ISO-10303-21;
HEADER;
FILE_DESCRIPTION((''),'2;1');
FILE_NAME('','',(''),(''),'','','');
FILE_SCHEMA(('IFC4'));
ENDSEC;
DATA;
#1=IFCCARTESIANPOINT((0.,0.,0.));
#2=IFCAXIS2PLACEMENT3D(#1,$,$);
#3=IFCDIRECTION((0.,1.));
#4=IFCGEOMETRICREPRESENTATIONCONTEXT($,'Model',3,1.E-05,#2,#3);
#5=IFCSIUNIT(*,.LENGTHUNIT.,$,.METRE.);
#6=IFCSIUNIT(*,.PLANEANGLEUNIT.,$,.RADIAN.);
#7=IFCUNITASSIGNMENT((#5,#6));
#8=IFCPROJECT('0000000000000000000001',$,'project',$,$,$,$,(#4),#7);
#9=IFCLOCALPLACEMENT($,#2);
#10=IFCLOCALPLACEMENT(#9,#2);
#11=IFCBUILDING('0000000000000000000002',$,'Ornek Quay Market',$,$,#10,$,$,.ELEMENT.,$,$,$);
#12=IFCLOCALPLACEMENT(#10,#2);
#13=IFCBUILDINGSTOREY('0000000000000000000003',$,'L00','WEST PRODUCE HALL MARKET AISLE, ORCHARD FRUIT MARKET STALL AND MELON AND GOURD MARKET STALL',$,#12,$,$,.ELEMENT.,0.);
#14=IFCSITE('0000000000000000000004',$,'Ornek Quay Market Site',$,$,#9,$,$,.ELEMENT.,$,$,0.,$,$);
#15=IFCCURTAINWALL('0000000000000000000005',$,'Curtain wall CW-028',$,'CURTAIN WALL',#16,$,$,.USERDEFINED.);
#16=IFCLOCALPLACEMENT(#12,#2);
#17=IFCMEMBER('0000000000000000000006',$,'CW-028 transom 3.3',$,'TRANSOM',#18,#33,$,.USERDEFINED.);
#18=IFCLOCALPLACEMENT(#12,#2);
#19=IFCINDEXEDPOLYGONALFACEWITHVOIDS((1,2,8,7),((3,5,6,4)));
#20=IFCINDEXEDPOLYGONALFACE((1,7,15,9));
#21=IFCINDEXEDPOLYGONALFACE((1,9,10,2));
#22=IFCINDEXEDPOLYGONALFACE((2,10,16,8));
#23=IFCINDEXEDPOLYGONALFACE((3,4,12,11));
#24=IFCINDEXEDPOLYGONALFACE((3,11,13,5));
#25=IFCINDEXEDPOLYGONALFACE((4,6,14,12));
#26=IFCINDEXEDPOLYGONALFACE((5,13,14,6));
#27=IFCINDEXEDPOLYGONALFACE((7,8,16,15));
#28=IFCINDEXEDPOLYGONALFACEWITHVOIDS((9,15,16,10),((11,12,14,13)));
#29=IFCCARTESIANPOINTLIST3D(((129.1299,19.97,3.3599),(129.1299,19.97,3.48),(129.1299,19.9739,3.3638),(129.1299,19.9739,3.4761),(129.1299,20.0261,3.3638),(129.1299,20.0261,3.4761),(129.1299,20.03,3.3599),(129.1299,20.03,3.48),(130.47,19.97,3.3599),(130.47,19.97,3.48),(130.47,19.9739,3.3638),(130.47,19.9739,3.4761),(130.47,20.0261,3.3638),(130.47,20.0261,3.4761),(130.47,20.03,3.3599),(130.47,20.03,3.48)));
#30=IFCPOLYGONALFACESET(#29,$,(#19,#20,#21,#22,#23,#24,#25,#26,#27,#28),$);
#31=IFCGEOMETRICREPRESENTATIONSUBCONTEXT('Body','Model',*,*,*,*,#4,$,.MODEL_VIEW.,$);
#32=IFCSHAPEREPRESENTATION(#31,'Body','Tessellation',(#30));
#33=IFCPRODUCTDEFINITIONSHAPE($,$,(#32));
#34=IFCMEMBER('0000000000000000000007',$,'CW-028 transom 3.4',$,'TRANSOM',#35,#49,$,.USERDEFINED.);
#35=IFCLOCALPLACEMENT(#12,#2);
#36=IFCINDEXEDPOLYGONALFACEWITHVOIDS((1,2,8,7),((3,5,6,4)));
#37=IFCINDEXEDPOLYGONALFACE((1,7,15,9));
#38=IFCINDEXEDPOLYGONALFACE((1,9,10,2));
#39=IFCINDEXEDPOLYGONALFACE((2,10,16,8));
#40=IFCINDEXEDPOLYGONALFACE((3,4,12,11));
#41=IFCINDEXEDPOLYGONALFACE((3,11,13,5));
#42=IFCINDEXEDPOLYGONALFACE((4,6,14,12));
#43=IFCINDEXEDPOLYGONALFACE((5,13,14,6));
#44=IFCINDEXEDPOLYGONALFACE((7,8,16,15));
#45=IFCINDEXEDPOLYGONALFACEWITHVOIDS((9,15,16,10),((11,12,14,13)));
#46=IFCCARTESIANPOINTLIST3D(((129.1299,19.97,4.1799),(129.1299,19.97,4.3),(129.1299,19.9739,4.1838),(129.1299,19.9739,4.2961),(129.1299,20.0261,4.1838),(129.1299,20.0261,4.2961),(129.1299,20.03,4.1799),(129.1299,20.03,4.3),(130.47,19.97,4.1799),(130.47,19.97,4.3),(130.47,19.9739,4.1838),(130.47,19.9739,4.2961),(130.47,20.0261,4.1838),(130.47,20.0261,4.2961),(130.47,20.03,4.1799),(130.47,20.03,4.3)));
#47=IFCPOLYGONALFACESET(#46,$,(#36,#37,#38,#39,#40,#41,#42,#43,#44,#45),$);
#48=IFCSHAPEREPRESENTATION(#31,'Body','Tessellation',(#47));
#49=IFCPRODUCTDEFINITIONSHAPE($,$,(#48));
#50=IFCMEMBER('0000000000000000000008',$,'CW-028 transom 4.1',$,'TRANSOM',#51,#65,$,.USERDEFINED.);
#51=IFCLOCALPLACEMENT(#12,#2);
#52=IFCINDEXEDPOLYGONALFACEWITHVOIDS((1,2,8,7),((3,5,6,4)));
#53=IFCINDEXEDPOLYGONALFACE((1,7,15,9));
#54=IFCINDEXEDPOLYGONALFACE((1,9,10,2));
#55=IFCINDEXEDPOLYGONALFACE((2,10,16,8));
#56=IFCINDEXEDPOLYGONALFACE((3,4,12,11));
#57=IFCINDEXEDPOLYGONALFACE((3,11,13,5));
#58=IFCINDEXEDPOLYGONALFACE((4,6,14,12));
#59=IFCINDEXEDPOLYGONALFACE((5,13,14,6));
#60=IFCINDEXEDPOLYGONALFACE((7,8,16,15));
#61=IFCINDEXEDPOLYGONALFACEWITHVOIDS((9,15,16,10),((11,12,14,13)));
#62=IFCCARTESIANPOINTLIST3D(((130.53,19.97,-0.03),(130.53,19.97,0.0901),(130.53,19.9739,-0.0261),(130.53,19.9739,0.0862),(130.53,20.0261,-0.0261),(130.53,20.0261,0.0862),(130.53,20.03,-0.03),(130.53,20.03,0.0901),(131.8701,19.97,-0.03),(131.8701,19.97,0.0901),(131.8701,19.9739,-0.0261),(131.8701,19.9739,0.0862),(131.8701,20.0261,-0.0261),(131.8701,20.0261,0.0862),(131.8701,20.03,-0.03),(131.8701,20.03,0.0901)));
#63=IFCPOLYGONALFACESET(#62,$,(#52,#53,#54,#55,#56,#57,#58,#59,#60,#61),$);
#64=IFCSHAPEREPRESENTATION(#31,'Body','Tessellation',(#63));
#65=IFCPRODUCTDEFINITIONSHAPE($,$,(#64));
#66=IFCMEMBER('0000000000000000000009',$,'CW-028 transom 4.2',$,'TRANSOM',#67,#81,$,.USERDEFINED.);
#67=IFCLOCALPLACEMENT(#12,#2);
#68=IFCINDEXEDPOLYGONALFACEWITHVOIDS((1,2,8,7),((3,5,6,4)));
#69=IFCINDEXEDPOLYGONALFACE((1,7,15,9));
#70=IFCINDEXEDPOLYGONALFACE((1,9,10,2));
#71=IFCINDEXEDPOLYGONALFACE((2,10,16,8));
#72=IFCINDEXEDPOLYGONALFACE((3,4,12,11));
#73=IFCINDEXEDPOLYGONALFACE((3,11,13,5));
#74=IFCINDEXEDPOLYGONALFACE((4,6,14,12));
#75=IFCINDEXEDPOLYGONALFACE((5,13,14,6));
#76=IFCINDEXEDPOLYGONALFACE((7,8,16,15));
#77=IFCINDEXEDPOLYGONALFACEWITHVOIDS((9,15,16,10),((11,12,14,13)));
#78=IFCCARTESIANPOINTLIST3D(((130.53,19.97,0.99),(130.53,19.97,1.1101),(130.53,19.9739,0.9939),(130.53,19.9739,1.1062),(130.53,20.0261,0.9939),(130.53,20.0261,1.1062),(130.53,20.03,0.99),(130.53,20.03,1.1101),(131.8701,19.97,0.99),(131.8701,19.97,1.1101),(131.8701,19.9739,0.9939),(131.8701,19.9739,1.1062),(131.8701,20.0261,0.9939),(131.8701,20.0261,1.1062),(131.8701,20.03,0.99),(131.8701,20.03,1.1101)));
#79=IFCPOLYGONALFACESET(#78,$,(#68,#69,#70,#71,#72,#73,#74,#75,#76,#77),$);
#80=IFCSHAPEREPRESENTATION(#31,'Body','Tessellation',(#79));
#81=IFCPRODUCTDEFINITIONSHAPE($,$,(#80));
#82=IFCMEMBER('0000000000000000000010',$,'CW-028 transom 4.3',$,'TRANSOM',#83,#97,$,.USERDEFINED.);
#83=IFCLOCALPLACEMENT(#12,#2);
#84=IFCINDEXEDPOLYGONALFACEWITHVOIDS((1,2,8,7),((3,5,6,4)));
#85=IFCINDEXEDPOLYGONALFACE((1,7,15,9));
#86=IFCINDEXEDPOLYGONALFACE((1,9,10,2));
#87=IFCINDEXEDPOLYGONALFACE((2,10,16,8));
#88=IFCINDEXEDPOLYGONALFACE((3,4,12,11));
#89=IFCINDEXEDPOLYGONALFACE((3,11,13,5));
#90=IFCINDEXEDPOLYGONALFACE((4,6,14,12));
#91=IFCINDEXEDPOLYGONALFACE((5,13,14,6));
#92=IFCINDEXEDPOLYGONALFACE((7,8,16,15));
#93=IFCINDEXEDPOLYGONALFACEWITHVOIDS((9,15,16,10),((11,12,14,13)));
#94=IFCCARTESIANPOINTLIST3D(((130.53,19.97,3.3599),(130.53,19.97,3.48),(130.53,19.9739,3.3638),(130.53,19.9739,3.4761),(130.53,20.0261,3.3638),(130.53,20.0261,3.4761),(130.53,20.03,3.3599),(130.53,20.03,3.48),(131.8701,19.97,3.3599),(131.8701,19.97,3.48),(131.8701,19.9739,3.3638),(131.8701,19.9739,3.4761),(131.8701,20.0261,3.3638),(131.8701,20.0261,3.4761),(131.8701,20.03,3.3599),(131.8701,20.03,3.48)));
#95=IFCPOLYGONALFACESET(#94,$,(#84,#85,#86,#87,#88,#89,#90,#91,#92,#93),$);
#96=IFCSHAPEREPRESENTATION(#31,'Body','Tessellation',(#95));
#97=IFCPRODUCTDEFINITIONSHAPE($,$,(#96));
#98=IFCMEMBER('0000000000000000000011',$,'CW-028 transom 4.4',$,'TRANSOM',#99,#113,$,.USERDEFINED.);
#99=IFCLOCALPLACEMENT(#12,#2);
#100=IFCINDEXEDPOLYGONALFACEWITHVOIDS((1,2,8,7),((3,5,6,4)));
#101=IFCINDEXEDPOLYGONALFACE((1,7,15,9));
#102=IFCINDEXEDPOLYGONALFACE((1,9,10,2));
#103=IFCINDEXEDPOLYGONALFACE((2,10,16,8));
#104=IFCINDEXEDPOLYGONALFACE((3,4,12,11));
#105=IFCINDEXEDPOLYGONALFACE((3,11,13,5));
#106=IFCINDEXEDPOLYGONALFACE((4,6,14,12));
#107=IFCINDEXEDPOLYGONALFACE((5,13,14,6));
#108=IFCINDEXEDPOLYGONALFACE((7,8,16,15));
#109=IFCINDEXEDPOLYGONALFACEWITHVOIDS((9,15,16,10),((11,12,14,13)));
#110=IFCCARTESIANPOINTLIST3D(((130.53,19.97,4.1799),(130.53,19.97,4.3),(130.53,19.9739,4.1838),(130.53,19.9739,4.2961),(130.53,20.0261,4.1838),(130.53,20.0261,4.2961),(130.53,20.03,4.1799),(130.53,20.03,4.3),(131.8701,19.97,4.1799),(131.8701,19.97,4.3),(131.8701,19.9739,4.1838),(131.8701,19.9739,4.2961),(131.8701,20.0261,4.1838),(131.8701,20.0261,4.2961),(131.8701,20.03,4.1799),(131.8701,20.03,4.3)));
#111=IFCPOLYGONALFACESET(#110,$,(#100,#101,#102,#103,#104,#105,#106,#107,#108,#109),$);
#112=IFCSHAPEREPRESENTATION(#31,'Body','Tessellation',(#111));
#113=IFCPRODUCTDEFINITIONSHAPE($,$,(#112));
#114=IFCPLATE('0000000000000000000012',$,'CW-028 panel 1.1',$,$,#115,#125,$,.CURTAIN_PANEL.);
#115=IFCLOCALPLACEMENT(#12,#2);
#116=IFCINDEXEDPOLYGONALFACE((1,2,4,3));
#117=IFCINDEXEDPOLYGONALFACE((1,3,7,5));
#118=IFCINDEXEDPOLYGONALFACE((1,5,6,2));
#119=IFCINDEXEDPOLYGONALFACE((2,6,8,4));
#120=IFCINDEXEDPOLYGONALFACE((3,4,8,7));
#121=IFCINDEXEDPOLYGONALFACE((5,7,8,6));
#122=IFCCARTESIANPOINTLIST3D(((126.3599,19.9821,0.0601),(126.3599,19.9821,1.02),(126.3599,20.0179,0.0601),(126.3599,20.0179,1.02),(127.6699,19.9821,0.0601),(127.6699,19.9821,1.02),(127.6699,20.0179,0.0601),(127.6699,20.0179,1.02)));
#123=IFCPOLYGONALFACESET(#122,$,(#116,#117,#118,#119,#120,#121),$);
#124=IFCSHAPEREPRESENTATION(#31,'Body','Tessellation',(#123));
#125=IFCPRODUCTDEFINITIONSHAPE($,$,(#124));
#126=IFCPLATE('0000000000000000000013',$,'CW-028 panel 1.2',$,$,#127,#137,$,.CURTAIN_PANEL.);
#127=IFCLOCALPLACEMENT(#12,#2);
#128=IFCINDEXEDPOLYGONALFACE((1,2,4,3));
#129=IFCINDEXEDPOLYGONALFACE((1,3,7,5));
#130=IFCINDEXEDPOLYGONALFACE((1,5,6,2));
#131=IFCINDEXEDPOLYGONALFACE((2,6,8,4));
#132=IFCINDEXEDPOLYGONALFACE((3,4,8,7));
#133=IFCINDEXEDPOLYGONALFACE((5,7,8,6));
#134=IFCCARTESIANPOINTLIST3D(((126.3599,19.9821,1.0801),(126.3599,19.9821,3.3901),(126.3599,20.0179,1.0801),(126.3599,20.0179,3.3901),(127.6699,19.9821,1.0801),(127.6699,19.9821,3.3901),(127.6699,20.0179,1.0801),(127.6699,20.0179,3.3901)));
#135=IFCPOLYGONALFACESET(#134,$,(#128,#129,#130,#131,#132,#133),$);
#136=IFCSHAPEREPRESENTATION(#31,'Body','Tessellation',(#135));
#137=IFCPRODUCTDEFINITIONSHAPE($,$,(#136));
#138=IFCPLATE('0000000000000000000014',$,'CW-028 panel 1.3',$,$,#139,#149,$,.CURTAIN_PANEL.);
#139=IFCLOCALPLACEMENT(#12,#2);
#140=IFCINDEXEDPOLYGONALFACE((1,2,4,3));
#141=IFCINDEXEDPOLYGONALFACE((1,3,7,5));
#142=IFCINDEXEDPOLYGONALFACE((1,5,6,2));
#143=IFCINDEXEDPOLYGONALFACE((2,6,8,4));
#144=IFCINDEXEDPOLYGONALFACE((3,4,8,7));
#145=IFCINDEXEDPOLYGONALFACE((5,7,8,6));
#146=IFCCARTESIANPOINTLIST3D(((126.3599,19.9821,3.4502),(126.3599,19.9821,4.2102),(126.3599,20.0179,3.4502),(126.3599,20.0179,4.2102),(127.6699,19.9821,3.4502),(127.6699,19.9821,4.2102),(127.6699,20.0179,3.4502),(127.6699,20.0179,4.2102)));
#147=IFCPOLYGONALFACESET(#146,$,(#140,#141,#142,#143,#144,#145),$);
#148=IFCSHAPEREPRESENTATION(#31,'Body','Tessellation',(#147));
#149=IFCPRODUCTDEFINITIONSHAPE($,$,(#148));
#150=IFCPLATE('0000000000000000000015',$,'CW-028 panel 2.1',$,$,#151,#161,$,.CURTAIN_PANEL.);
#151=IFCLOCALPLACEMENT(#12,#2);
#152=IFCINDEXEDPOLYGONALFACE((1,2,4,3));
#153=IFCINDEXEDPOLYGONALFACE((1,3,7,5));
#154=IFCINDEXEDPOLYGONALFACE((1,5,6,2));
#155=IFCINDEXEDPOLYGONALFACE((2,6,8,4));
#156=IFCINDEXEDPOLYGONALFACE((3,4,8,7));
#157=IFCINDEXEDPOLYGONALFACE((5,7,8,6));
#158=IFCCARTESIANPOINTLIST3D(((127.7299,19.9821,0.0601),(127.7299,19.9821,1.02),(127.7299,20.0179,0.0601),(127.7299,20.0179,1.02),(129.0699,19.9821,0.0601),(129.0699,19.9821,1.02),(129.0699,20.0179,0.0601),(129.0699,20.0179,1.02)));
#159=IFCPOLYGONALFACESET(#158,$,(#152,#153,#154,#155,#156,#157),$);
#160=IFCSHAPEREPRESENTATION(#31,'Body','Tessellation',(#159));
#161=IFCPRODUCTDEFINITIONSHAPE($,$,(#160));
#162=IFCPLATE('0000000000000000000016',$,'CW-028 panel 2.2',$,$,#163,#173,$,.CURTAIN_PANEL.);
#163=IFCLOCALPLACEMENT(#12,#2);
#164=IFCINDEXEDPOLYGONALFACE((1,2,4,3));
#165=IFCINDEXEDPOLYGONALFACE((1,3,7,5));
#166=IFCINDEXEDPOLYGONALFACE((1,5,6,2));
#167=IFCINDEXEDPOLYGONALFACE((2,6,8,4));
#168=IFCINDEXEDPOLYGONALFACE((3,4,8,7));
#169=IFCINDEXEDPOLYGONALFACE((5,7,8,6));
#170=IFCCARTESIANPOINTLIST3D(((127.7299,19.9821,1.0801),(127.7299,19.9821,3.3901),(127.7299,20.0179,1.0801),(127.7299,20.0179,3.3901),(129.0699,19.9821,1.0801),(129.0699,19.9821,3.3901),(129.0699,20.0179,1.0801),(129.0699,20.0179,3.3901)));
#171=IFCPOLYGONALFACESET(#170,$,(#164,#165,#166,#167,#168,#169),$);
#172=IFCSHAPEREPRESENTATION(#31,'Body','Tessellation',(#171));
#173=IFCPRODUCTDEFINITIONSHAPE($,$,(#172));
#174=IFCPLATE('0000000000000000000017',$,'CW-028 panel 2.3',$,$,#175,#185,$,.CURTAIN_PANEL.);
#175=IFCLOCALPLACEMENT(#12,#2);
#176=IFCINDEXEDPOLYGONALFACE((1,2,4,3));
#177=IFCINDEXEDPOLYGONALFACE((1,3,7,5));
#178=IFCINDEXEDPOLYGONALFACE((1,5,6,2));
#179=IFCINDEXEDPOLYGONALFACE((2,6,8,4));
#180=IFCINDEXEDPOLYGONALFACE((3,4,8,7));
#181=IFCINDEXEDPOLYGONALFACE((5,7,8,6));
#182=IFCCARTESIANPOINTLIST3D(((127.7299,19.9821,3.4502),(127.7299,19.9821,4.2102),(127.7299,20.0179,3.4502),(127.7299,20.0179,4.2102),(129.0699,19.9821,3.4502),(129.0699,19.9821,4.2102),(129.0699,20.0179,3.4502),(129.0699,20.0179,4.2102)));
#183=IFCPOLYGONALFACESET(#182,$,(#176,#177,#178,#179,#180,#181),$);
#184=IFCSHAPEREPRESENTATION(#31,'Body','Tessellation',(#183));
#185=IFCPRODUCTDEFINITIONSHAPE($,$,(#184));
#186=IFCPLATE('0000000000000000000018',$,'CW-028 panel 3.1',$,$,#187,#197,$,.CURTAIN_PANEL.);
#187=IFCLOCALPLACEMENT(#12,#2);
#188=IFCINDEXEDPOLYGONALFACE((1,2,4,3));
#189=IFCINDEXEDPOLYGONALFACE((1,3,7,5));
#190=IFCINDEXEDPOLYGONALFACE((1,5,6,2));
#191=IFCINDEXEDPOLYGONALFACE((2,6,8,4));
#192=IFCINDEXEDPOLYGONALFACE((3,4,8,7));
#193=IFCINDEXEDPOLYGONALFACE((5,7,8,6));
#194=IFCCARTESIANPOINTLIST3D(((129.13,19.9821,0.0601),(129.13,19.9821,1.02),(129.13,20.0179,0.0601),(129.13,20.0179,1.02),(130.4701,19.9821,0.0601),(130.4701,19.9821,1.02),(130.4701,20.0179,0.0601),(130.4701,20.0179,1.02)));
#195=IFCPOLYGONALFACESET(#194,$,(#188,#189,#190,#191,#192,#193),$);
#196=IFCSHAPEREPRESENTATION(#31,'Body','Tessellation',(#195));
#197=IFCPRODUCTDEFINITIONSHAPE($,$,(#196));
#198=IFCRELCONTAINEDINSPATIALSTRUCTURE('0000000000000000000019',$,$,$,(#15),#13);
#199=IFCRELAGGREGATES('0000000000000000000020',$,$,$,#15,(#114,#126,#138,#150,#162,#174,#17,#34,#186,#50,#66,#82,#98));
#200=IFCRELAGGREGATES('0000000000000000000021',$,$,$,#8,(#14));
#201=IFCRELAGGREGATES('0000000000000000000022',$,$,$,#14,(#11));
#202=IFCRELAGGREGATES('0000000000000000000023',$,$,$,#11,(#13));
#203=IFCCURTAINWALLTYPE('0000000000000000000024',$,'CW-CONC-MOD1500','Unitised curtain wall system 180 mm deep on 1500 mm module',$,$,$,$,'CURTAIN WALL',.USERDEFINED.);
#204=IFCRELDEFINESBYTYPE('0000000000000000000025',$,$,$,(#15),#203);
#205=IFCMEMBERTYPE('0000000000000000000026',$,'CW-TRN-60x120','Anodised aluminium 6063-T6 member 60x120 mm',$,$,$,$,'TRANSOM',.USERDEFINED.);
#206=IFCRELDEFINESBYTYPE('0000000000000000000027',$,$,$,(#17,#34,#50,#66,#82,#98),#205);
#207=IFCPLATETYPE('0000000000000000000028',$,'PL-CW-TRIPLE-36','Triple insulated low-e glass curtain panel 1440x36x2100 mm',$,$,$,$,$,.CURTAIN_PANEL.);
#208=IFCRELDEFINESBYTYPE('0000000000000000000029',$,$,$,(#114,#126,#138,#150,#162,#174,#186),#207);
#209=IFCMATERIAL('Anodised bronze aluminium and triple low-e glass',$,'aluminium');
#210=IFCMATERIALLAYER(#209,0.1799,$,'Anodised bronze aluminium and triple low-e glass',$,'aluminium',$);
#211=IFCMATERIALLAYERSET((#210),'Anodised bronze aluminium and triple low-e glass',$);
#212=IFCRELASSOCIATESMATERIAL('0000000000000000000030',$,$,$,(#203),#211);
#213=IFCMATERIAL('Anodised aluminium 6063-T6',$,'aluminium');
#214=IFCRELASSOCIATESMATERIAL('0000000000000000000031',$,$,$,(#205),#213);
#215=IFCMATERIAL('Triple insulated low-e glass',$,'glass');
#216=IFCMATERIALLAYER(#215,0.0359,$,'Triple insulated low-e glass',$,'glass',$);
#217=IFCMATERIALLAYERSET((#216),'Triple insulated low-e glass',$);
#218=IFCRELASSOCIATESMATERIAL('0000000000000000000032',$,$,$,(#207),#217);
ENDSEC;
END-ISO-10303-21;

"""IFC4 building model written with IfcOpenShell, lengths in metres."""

from ifc_helpers import new_model, si_unit, direction, frame, origin, origin_2d, place, context, subcontext, project, spatial, rectangle, hollow_rectangle, extrude, material, layer, layer_set, material_profile, profile_set, type_object, element, aggregate, save


model = new_model("IFC4")

# Units and contexts
model_context = context("Model", 3, precision=1e-05, world=origin(), true_north=direction((0.0, 1.0)))
body_context = subcontext(model_context, "Body", "Model", "MODEL_VIEW")
ifc_project = project(units=[si_unit("LENGTHUNIT", "METRE"), si_unit("PLANEANGLEUNIT", "RADIAN")], contexts=[model_context])

# Site, building, storey
site_placement = place(None, origin())
site = spatial("IfcSite", under=ifc_project, at=site_placement, Name="Ornek Quay Market Site", CompositionType="ELEMENT", RefElevation=0.0)
building_placement = place(site_placement, origin())
building = spatial("IfcBuilding", under=site, at=building_placement, Name="Ornek Quay Market", CompositionType="ELEMENT")
storey_placement = place(building_placement, origin())
storey = spatial("IfcBuildingStorey", under=building, at=storey_placement, Name="L00", Description="WEST PRODUCE HALL MARKET AISLE, ORCHARD FRUIT MARKET STALL AND MELON AND GOURD MARKET STALL", CompositionType="ELEMENT", Elevation=0.0)

# Curtain wall, members, plates
ifc_material_1 = material(Name="Anodised bronze aluminium and triple low-e glass", Category="aluminium")
ifc_layer_1 = layer(ifc_material_1, 0.1799, Name="Anodised bronze aluminium and triple low-e glass", Category="aluminium")
ifc_layer_set_1 = layer_set([ifc_layer_1], Name="Anodised bronze aluminium and triple low-e glass")
curtain_wall_type = type_object("IfcCurtainWallType", Name="CW-CONC-MOD1500", Description="Unitised curtain wall system 180 mm deep on 1500 mm module", ElementType="CURTAIN WALL", PredefinedType="USERDEFINED", material=ifc_layer_set_1)
curtain_wall_placement = place(storey_placement, origin())
curtain_wall = element("IfcCurtainWall", 1, at=curtain_wall_placement, inside=storey, type_object=curtain_wall_type, Name="Curtain wall CW-028", ObjectType="CURTAIN WALL", PredefinedType="USERDEFINED")
ifc_material_2 = material(Name="Anodised aluminium 6063-T6", Category="aluminium")
ifc_material_profile_1 = material_profile(ifc_material_2, hollow_rectangle(XDim=0.0601, YDim=0.1201, WallThickness=0.0039, at=origin_2d()), Name="CW-TRN-60x120", Category="aluminium")
ifc_profile_set_1 = profile_set([ifc_material_profile_1], Name="Anodised aluminium 6063-T6")
member_type_1 = type_object("IfcMemberType", Name="CW-TRN-60x120", Description="Anodised aluminium 6063-T6 member 60x120 mm", ElementType="TRANSOM", PredefinedType="USERDEFINED", material=ifc_profile_set_1)
member_1_placement = place(storey_placement, frame((129.1299, 20.0, 3.4199), z_axis=(1.0, 0.0, 0.0), x_axis=(0.0, 1.0, 0.0)))
member_1 = element("IfcMember", 2, at=member_1_placement, type_object=member_type_1, Name="CW-028 transom 3.3", ObjectType="TRANSOM", PredefinedType="USERDEFINED", context=body_context, shape_type="SweptSolid", body=[
    extrude(hollow_rectangle(XDim=0.0601, YDim=0.1201, WallThickness=0.0039, at=origin_2d()), origin(), (0.0, 0.0, 1.0), 1.3401),
])
member_2_placement = place(storey_placement, frame((129.1299, 20.0, 4.24), z_axis=(1.0, 0.0, 0.0), x_axis=(0.0, 1.0, 0.0)))
member_2 = element("IfcMember", 3, at=member_2_placement, type_object=member_type_1, Name="CW-028 transom 3.4", ObjectType="TRANSOM", PredefinedType="USERDEFINED", context=body_context, shape_type="SweptSolid", body=[
    extrude(hollow_rectangle(XDim=0.0601, YDim=0.1201, WallThickness=0.0039, at=origin_2d()), origin(), (0.0, 0.0, 1.0), 1.3401),
])
member_3_placement = place(storey_placement, frame((130.53, 20.0, 0.03), z_axis=(1.0, 0.0, 0.0), x_axis=(0.0, 1.0, 0.0)))
member_3 = element("IfcMember", 4, at=member_3_placement, type_object=member_type_1, Name="CW-028 transom 4.1", ObjectType="TRANSOM", PredefinedType="USERDEFINED", context=body_context, shape_type="SweptSolid", body=[
    extrude(hollow_rectangle(XDim=0.0601, YDim=0.1201, WallThickness=0.0039, at=origin_2d()), origin(), (0.0, 0.0, 1.0), 1.3401),
])
member_4_placement = place(storey_placement, frame((130.53, 20.0, 1.05), z_axis=(1.0, 0.0, 0.0), x_axis=(0.0, 1.0, 0.0)))
member_4 = element("IfcMember", 5, at=member_4_placement, type_object=member_type_1, Name="CW-028 transom 4.2", ObjectType="TRANSOM", PredefinedType="USERDEFINED", context=body_context, shape_type="SweptSolid", body=[
    extrude(hollow_rectangle(XDim=0.0601, YDim=0.1201, WallThickness=0.0039, at=origin_2d()), origin(), (0.0, 0.0, 1.0), 1.3401),
])
member_5_placement = place(storey_placement, frame((130.53, 20.0, 3.4199), z_axis=(1.0, 0.0, 0.0), x_axis=(0.0, 1.0, 0.0)))
member_5 = element("IfcMember", 6, at=member_5_placement, type_object=member_type_1, Name="CW-028 transom 4.3", ObjectType="TRANSOM", PredefinedType="USERDEFINED", context=body_context, shape_type="SweptSolid", body=[
    extrude(hollow_rectangle(XDim=0.0601, YDim=0.1201, WallThickness=0.0039, at=origin_2d()), origin(), (0.0, 0.0, 1.0), 1.3401),
])
member_6_placement = place(storey_placement, frame((130.53, 20.0, 4.24), z_axis=(1.0, 0.0, 0.0), x_axis=(0.0, 1.0, 0.0)))
member_6 = element("IfcMember", 7, at=member_6_placement, type_object=member_type_1, Name="CW-028 transom 4.4", ObjectType="TRANSOM", PredefinedType="USERDEFINED", context=body_context, shape_type="SweptSolid", body=[
    extrude(hollow_rectangle(XDim=0.0601, YDim=0.1201, WallThickness=0.0039, at=origin_2d()), origin(), (0.0, 0.0, 1.0), 1.3401),
])
ifc_material_3 = material(Name="Triple insulated low-e glass", Category="glass")
ifc_layer_2 = layer(ifc_material_3, 0.0359, Name="Triple insulated low-e glass", Category="glass")
ifc_layer_set_2 = layer_set([ifc_layer_2], Name="Triple insulated low-e glass")
plate_type = type_object("IfcPlateType", Name="PL-CW-TRIPLE-36", Description="Triple insulated low-e glass curtain panel 1440x36x2100 mm", PredefinedType="CURTAIN_PANEL", material=ifc_layer_set_2)
plate_1_placement = place(storey_placement, frame((127.0149, 20.0, 0.0601), z_axis=(0.0, 0.0, 1.0), x_axis=(1.0, 0.0, 0.0)))
plate_1 = element("IfcPlate", 8, at=plate_1_placement, type_object=plate_type, Name="CW-028 panel 1.1", PredefinedType="CURTAIN_PANEL", context=body_context, shape_type="SweptSolid", body=[
    extrude(rectangle(XDim=1.3101, YDim=0.0359, at=origin_2d()), origin(), (0.0, 0.0, 1.0), 0.96),
])
plate_2_placement = place(storey_placement, frame((127.0149, 20.0, 1.0801), z_axis=(0.0, 0.0, 1.0), x_axis=(1.0, 0.0, 0.0)))
plate_2 = element("IfcPlate", 9, at=plate_2_placement, type_object=plate_type, Name="CW-028 panel 1.2", PredefinedType="CURTAIN_PANEL", context=body_context, shape_type="SweptSolid", body=[
    extrude(rectangle(XDim=1.3101, YDim=0.0359, at=origin_2d()), origin(), (0.0, 0.0, 1.0), 2.3101),
])
plate_3_placement = place(storey_placement, frame((127.0149, 20.0, 3.4502), z_axis=(0.0, 0.0, 1.0), x_axis=(1.0, 0.0, 0.0)))
plate_3 = element("IfcPlate", 10, at=plate_3_placement, type_object=plate_type, Name="CW-028 panel 1.3", PredefinedType="CURTAIN_PANEL", context=body_context, shape_type="SweptSolid", body=[
    extrude(rectangle(XDim=1.3101, YDim=0.0359, at=origin_2d()), origin(), (0.0, 0.0, 1.0), 0.76),
])
plate_4_placement = place(storey_placement, frame((128.3999, 20.0, 0.0601), z_axis=(0.0, 0.0, 1.0), x_axis=(1.0, 0.0, 0.0)))
plate_4 = element("IfcPlate", 11, at=plate_4_placement, type_object=plate_type, Name="CW-028 panel 2.1", PredefinedType="CURTAIN_PANEL", context=body_context, shape_type="SweptSolid", body=[
    extrude(rectangle(XDim=1.3401, YDim=0.0359, at=origin_2d()), origin(), (0.0, 0.0, 1.0), 0.96),
])
plate_5_placement = place(storey_placement, frame((128.3999, 20.0, 1.0801), z_axis=(0.0, 0.0, 1.0), x_axis=(1.0, 0.0, 0.0)))
plate_5 = element("IfcPlate", 12, at=plate_5_placement, type_object=plate_type, Name="CW-028 panel 2.2", PredefinedType="CURTAIN_PANEL", context=body_context, shape_type="SweptSolid", body=[
    extrude(rectangle(XDim=1.3401, YDim=0.0359, at=origin_2d()), origin(), (0.0, 0.0, 1.0), 2.3101),
])
plate_6_placement = place(storey_placement, frame((128.3999, 20.0, 3.4502), z_axis=(0.0, 0.0, 1.0), x_axis=(1.0, 0.0, 0.0)))
plate_6 = element("IfcPlate", 13, at=plate_6_placement, type_object=plate_type, Name="CW-028 panel 2.3", PredefinedType="CURTAIN_PANEL", context=body_context, shape_type="SweptSolid", body=[
    extrude(rectangle(XDim=1.3401, YDim=0.0359, at=origin_2d()), origin(), (0.0, 0.0, 1.0), 0.76),
])
plate_7_placement = place(storey_placement, frame((129.8, 20.0, 0.0601), z_axis=(0.0, 0.0, 1.0), x_axis=(1.0, 0.0, 0.0)))
plate_7 = element("IfcPlate", 14, at=plate_7_placement, type_object=plate_type, Name="CW-028 panel 3.1", PredefinedType="CURTAIN_PANEL", context=body_context, shape_type="SweptSolid", body=[
    extrude(rectangle(XDim=1.3401, YDim=0.0359, at=origin_2d()), origin(), (0.0, 0.0, 1.0), 0.96),
])
aggregate(curtain_wall, [plate_1, plate_2, plate_3, plate_4, plate_5, plate_6, member_1, member_2, plate_7, member_3, member_4, member_5, member_6])

save(model, "model.ifc")
